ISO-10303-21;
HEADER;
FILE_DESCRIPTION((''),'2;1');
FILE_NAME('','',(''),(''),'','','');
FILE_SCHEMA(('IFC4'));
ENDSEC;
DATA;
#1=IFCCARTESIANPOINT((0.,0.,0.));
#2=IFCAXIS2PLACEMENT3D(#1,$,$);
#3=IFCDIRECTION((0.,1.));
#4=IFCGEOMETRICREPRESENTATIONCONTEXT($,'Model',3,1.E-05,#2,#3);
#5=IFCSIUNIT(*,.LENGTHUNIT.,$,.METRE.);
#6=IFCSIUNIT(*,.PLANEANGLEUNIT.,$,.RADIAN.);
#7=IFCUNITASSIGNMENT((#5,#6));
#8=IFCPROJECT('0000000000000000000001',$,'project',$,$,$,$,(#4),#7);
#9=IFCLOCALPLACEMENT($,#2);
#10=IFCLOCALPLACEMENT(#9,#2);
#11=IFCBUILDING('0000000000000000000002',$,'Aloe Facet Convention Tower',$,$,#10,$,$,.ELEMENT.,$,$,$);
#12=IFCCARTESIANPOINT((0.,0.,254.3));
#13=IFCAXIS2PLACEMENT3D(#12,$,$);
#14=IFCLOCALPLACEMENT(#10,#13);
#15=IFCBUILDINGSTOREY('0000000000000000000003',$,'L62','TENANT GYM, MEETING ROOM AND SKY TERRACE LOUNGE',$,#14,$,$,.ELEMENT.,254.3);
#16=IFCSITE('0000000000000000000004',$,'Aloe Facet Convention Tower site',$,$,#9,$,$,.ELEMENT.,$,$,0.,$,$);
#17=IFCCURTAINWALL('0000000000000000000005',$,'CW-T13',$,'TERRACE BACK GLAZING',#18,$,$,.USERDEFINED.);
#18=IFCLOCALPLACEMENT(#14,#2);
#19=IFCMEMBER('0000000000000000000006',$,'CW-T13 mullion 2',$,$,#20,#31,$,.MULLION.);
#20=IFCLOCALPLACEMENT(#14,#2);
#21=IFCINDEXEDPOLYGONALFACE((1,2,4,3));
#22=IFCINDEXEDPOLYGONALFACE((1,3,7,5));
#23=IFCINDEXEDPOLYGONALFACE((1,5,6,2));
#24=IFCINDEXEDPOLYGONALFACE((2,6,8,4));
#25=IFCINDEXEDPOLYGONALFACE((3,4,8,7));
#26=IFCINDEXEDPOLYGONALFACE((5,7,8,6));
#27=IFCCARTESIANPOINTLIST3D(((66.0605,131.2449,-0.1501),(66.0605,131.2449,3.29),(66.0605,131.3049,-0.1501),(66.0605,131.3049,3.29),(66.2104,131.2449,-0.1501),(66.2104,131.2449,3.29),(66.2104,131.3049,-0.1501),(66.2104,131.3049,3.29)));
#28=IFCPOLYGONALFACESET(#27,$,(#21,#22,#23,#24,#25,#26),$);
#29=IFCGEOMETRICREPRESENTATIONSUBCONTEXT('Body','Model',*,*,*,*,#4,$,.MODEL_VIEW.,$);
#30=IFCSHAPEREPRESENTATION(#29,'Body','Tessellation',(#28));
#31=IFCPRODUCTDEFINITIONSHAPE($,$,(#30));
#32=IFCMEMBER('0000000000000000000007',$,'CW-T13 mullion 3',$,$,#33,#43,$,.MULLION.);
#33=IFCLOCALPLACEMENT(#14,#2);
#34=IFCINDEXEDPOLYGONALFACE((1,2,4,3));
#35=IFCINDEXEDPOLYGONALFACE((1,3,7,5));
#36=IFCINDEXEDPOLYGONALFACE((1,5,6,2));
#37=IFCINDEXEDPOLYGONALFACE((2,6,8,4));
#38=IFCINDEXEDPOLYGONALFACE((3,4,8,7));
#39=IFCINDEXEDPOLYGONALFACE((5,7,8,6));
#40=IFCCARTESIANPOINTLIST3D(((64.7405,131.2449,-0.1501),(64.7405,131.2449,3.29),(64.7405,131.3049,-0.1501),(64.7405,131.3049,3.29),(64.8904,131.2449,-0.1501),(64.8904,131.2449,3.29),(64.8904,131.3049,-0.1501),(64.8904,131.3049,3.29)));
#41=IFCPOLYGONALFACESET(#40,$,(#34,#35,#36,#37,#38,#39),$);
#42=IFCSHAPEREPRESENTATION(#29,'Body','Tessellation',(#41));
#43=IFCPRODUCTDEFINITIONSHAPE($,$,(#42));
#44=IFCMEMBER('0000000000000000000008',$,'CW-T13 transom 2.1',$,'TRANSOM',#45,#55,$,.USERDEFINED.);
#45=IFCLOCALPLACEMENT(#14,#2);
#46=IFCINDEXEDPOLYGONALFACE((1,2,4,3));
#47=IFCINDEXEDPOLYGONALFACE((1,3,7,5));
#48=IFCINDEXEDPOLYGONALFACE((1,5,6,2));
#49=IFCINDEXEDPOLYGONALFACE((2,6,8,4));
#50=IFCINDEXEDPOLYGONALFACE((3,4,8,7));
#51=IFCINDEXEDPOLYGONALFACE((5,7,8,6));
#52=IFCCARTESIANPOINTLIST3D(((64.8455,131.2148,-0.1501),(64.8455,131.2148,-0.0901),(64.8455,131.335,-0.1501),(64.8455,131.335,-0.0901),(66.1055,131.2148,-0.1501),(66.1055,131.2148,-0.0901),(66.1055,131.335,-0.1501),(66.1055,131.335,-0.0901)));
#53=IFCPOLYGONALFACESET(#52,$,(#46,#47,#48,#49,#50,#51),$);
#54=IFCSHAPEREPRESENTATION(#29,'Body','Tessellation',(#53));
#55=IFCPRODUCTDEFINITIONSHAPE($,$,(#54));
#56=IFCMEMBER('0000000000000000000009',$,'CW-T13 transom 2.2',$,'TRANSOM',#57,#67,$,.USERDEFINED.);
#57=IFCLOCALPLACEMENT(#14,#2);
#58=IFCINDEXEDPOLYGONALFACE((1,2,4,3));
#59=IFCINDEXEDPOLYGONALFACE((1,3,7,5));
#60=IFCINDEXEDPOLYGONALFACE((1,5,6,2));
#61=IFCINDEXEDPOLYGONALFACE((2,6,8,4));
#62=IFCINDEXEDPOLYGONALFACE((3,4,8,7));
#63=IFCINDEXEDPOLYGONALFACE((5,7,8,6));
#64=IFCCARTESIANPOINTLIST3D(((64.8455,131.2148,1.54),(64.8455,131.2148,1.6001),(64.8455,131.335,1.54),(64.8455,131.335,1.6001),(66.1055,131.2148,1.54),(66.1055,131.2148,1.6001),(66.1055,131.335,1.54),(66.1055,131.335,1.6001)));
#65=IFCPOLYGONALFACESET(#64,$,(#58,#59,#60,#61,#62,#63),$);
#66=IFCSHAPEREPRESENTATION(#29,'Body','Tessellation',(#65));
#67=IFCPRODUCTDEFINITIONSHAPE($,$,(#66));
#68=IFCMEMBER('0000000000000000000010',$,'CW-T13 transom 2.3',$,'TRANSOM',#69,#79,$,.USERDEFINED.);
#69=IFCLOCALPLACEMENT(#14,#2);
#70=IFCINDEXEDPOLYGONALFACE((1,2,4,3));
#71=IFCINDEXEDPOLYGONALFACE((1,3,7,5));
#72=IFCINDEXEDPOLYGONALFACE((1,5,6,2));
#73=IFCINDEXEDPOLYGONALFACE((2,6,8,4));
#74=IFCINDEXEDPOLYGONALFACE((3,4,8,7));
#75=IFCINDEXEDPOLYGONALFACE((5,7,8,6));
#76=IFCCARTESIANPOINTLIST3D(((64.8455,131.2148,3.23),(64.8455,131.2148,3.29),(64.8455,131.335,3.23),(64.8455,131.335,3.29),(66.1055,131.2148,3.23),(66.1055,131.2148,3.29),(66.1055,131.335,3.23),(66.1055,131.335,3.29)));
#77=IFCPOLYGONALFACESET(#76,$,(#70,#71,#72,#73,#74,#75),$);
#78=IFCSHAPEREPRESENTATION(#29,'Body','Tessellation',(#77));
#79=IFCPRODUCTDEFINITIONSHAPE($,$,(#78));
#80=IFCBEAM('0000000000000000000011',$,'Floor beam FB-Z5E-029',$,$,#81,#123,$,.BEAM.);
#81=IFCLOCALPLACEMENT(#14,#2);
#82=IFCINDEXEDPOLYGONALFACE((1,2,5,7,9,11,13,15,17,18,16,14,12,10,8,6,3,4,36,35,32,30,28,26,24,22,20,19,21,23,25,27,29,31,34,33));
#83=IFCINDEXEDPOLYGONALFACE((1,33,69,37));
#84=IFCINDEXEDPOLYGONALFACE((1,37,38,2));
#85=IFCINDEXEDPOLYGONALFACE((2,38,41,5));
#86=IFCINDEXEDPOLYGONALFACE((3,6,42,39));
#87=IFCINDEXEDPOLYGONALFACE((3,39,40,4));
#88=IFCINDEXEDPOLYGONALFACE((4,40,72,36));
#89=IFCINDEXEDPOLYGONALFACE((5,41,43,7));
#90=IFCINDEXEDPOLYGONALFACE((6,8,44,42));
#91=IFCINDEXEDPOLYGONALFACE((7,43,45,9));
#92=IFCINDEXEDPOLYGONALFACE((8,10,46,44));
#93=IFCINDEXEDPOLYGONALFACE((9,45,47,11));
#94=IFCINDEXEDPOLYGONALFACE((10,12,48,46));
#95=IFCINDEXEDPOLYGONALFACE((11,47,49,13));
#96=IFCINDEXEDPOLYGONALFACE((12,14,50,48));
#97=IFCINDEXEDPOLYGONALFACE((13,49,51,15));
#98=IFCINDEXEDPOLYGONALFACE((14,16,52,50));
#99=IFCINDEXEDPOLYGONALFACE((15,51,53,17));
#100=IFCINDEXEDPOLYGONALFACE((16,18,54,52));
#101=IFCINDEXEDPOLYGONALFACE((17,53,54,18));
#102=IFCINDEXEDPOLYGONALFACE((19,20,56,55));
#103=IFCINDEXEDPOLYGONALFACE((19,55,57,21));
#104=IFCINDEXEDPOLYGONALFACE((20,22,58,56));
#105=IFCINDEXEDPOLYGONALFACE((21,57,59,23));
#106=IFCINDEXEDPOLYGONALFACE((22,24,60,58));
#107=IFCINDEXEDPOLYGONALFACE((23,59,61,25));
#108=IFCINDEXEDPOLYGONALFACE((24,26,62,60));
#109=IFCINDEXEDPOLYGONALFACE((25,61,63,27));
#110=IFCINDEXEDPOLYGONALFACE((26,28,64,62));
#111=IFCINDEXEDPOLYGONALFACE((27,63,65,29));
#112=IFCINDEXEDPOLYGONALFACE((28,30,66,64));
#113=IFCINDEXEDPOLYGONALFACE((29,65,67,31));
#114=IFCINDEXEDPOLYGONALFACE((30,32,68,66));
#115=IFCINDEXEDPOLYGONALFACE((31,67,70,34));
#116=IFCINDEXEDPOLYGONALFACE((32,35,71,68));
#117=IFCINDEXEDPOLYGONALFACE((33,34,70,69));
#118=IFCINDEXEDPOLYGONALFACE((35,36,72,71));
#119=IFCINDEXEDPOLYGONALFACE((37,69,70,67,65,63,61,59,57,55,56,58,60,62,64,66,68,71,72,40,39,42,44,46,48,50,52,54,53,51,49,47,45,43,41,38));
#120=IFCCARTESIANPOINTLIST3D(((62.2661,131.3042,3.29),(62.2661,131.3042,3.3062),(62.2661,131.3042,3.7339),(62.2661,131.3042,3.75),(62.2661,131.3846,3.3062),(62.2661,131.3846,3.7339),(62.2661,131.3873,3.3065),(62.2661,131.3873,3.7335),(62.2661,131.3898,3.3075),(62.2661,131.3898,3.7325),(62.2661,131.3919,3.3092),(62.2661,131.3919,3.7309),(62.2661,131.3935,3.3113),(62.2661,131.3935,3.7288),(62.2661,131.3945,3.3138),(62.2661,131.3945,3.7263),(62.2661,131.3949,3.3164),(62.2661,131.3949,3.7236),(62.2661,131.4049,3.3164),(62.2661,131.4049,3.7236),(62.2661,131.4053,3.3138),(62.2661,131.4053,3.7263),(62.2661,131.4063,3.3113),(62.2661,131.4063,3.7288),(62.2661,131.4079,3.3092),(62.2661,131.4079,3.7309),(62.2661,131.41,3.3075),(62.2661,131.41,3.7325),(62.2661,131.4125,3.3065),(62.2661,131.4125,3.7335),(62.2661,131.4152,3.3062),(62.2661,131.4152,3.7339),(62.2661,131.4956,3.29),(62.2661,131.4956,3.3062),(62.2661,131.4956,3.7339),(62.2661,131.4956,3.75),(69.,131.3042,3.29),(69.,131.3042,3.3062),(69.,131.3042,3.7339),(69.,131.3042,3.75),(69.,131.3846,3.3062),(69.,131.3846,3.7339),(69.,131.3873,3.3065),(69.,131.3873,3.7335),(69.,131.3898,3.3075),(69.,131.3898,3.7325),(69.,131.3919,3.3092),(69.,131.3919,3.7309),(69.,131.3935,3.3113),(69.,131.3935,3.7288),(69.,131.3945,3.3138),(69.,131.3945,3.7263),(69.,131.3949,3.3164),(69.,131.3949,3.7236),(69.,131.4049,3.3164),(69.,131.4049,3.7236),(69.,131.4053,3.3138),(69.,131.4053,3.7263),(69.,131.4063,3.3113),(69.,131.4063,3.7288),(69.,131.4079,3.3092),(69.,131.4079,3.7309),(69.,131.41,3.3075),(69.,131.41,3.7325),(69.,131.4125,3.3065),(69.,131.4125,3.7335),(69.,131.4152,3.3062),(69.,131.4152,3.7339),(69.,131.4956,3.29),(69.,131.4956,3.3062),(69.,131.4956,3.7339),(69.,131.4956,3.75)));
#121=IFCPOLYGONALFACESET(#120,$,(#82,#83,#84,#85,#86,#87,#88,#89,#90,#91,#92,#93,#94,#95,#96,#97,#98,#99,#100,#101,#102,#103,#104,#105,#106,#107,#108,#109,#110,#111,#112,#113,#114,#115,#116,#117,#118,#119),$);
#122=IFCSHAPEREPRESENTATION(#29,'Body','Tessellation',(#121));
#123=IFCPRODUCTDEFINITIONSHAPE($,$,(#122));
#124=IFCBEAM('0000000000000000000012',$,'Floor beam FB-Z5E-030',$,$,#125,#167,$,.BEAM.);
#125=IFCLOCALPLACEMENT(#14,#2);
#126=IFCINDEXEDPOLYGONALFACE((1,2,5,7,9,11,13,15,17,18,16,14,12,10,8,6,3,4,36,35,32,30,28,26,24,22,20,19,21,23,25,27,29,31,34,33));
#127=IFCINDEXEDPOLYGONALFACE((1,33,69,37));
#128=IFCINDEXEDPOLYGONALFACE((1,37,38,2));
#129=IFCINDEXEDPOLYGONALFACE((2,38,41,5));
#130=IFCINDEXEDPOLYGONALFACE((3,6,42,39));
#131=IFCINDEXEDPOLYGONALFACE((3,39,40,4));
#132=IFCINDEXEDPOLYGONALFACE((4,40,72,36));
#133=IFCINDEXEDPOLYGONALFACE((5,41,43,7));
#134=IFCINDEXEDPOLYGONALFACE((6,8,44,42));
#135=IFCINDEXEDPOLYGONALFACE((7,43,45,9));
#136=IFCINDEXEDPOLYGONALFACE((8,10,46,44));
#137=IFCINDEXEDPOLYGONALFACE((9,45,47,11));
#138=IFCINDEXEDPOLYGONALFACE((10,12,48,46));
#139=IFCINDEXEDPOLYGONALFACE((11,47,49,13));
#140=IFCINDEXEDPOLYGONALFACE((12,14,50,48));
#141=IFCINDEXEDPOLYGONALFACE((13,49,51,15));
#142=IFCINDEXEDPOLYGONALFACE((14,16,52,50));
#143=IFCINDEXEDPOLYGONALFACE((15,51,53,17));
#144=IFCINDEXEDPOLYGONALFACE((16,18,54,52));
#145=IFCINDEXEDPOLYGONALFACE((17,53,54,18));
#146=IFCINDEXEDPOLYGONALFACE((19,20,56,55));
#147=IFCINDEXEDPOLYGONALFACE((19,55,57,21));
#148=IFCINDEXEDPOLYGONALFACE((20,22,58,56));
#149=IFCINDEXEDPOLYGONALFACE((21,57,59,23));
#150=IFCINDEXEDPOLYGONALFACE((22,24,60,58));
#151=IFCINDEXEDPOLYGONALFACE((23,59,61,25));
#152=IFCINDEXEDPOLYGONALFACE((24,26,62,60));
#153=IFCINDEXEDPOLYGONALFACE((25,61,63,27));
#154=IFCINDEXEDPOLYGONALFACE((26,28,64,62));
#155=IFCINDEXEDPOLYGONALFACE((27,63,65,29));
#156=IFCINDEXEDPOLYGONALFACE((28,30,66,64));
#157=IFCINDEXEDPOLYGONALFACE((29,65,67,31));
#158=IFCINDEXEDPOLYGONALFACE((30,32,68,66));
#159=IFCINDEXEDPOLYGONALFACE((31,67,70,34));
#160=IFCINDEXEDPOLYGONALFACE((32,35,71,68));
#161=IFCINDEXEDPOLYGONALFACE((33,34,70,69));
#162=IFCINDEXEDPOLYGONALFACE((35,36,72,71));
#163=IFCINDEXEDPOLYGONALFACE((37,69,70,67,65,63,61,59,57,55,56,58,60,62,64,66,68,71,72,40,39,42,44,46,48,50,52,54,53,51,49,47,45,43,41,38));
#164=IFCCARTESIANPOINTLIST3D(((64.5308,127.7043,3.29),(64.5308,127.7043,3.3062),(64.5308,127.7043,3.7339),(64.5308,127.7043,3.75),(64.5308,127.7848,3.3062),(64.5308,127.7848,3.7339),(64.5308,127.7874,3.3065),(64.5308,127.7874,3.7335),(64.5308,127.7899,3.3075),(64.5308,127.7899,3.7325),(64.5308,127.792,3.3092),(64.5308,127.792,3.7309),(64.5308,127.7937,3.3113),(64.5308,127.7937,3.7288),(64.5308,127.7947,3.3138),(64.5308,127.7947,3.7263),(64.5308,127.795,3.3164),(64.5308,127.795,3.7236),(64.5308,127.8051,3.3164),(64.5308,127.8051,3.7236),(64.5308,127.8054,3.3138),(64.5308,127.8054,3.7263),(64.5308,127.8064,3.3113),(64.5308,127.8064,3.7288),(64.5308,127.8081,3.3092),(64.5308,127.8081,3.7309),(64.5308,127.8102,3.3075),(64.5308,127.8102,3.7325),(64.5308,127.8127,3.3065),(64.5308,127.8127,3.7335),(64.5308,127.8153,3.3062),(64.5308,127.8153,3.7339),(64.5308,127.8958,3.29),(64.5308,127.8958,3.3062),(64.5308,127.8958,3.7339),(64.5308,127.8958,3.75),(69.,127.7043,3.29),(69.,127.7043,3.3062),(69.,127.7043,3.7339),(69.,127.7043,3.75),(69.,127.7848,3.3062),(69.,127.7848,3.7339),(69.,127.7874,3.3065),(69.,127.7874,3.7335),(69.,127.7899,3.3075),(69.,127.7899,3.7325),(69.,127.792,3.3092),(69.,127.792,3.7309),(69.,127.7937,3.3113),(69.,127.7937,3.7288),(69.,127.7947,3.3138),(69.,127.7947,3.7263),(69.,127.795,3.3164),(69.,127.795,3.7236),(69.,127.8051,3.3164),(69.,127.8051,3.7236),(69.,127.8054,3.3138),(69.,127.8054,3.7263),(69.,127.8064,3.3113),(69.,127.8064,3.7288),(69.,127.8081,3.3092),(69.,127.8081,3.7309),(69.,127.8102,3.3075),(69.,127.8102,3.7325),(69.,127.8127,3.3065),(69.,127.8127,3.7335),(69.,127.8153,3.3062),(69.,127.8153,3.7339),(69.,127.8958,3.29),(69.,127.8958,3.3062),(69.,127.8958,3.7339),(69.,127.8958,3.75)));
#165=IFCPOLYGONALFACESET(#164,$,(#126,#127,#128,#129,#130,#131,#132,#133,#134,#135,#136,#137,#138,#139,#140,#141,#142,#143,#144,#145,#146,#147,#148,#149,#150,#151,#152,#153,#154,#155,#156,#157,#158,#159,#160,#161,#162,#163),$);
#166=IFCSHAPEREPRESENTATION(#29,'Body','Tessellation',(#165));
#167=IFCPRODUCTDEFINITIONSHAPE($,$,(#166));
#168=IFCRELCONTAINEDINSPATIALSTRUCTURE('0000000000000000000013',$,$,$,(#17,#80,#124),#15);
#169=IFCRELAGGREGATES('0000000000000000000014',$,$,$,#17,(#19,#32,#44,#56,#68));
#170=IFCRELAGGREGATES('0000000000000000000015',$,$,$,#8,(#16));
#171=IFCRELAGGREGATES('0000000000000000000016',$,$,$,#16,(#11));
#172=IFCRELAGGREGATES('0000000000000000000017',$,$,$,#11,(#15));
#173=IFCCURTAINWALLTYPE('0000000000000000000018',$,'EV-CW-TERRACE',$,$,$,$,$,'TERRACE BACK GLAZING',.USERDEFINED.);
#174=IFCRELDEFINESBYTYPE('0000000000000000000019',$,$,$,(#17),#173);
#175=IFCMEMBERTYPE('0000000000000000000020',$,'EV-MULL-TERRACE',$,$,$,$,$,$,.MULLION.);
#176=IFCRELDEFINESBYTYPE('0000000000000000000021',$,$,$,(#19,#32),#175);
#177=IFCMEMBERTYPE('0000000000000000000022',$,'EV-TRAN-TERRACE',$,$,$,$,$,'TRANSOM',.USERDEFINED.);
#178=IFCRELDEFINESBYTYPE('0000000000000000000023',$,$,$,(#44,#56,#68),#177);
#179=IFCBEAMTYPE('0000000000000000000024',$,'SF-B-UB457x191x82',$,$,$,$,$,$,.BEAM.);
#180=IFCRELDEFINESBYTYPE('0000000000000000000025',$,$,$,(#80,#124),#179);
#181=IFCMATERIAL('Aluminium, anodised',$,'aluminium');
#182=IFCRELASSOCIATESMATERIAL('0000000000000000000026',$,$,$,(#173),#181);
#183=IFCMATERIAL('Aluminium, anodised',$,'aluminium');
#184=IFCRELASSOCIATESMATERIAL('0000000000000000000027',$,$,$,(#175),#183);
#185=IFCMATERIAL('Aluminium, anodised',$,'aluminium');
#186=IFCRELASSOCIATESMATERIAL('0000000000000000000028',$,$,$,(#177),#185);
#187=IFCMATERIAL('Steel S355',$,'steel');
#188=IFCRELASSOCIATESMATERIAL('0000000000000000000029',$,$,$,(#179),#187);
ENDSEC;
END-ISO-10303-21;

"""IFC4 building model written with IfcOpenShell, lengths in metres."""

from ifc_helpers import new_model, si_unit, direction, frame, origin, origin_2d, place, context, subcontext, project, spatial, rectangle, i_section, extrude, material, material_profile, profile_set, type_object, element, aggregate, save


model = new_model("IFC4")

# Units and contexts
model_context = context("Model", 3, precision=1e-05, world=origin(), true_north=direction((0.0, 1.0)))
body_context = subcontext(model_context, "Body", "Model", "MODEL_VIEW")
ifc_project = project(units=[si_unit("LENGTHUNIT", "METRE"), si_unit("PLANEANGLEUNIT", "RADIAN")], contexts=[model_context])

# Site, building, storey
site_placement = place(None, origin())
site = spatial("IfcSite", under=ifc_project, at=site_placement, Name="Aloe Facet Convention Tower site", CompositionType="ELEMENT", RefElevation=0.0)
building_placement = place(site_placement, origin())
building = spatial("IfcBuilding", under=site, at=building_placement, Name="Aloe Facet Convention Tower", CompositionType="ELEMENT")
storey_placement = place(building_placement, frame((0.0, 0.0, 254.3)))
storey = spatial("IfcBuildingStorey", under=building, at=storey_placement, Name="L62", Description="TENANT GYM, MEETING ROOM AND SKY TERRACE LOUNGE", CompositionType="ELEMENT", Elevation=254.3)

# Curtain wall, members
ifc_material_1 = material(Name="Aluminium, anodised", Category="aluminium")
curtain_wall_type = type_object("IfcCurtainWallType", Name="EV-CW-TERRACE", ElementType="TERRACE BACK GLAZING", PredefinedType="USERDEFINED", material=ifc_material_1)
curtain_wall_placement = place(storey_placement, origin())
curtain_wall = element("IfcCurtainWall", 1, at=curtain_wall_placement, inside=storey, type_object=curtain_wall_type, Name="CW-T13", ObjectType="TERRACE BACK GLAZING", PredefinedType="USERDEFINED")
ifc_material_2 = material(Name="Aluminium, anodised", Category="aluminium")
ifc_material_profile_1 = material_profile(ifc_material_2, rectangle(XDim=0.0601, YDim=0.1499, at=origin_2d()), Name="AL 60x150")
ifc_profile_set_1 = profile_set([ifc_material_profile_1], Name="Aluminium, anodised")
member_type_1 = type_object("IfcMemberType", Name="EV-MULL-TERRACE", PredefinedType="MULLION", material=ifc_profile_set_1)
member_1_placement = place(storey_placement, frame((66.1355, 131.2749, -0.1501), z_axis=(0.0, 0.0, 1.0), x_axis=(0.0, -1.0, 0.0)))
member_1 = element("IfcMember", 2, at=member_1_placement, type_object=member_type_1, Name="CW-T13 mullion 2", PredefinedType="MULLION", context=body_context, shape_type="SweptSolid", body=[
    extrude(rectangle(XDim=0.0601, YDim=0.1499, at=origin_2d()), origin(), (0.0, 0.0, 1.0), 3.4402),
])
member_2_placement = place(storey_placement, frame((64.8154, 131.2749, -0.1501), z_axis=(0.0, 0.0, 1.0), x_axis=(0.0, -1.0, 0.0)))
member_2 = element("IfcMember", 3, at=member_2_placement, type_object=member_type_1, Name="CW-T13 mullion 3", PredefinedType="MULLION", context=body_context, shape_type="SweptSolid", body=[
    extrude(rectangle(XDim=0.0601, YDim=0.1499, at=origin_2d()), origin(), (0.0, 0.0, 1.0), 3.4402),
])
ifc_material_3 = material(Name="Aluminium, anodised", Category="aluminium")
ifc_material_profile_2 = material_profile(ifc_material_3, rectangle(XDim=0.1201, YDim=0.0601, at=origin_2d()), Name="AL 120x60")
ifc_profile_set_2 = profile_set([ifc_material_profile_2], Name="Aluminium, anodised")
member_type_2 = type_object("IfcMemberType", Name="EV-TRAN-TERRACE", ElementType="TRANSOM", PredefinedType="USERDEFINED", material=ifc_profile_set_2)
member_3_placement = place(storey_placement, frame((66.1055, 131.2749, -0.1201), z_axis=(-1.0, 0.0, 0.0), x_axis=(0.0, -1.0, 0.0)))
member_3 = element("IfcMember", 4, at=member_3_placement, type_object=member_type_2, Name="CW-T13 transom 2.1", ObjectType="TRANSOM", PredefinedType="USERDEFINED", context=body_context, shape_type="SweptSolid", body=[
    extrude(rectangle(XDim=0.1201, YDim=0.0601, at=origin_2d()), origin(), (0.0, 0.0, 1.0), 1.26),
])
member_4_placement = place(storey_placement, frame((66.1055, 131.2749, 1.5701), z_axis=(-1.0, 0.0, 0.0), x_axis=(0.0, -1.0, 0.0)))
member_4 = element("IfcMember", 5, at=member_4_placement, type_object=member_type_2, Name="CW-T13 transom 2.2", ObjectType="TRANSOM", PredefinedType="USERDEFINED", context=body_context, shape_type="SweptSolid", body=[
    extrude(rectangle(XDim=0.1201, YDim=0.0601, at=origin_2d()), origin(), (0.0, 0.0, 1.0), 1.26),
])
member_5_placement = place(storey_placement, frame((66.1055, 131.2749, 3.26), z_axis=(-1.0, 0.0, 0.0), x_axis=(0.0, -1.0, 0.0)))
member_5 = element("IfcMember", 6, at=member_5_placement, type_object=member_type_2, Name="CW-T13 transom 2.3", ObjectType="TRANSOM", PredefinedType="USERDEFINED", context=body_context, shape_type="SweptSolid", body=[
    extrude(rectangle(XDim=0.1201, YDim=0.0601, at=origin_2d()), origin(), (0.0, 0.0, 1.0), 1.26),
])

# Beams
ifc_material_4 = material(Name="Steel S355", Category="steel")
ifc_material_profile_3 = material_profile(ifc_material_4, i_section(OverallWidth=0.1914, OverallDepth=0.46, WebThickness=0.01, FlangeThickness=0.0161, FilletRadius=0.0103, at=origin_2d()), Name="UB 457x191x82")
ifc_profile_set_3 = profile_set([ifc_material_profile_3], Name="Steel S355")
beam_type_1 = type_object("IfcBeamType", Name="SF-B-UB457x191x82", PredefinedType="BEAM", material=ifc_profile_set_3)
beam_1_placement = place(storey_placement, frame((62.2661, 131.3999, 3.52), z_axis=(1.0, 0.0, 0.0), x_axis=(0.0, 1.0, 0.0)))
element("IfcBeam", 7, at=beam_1_placement, inside=storey, type_object=beam_type_1, Name="Floor beam FB-Z5E-029", PredefinedType="BEAM", context=body_context, shape_type="SweptSolid", body=[
    extrude(i_section(OverallWidth=0.1914, OverallDepth=0.46, WebThickness=0.01, FlangeThickness=0.0161, FilletRadius=0.0103, at=origin_2d()), origin(), (0.0, 0.0, 1.0), 6.7339),
])
beam_2_placement = place(storey_placement, frame((64.5308, 127.8, 3.52), z_axis=(1.0, 0.0, 0.0), x_axis=(0.0, 1.0, 0.0)))
element("IfcBeam", 8, at=beam_2_placement, inside=storey, type_object=beam_type_1, Name="Floor beam FB-Z5E-030", PredefinedType="BEAM", context=body_context, shape_type="SweptSolid", body=[
    extrude(i_section(OverallWidth=0.1914, OverallDepth=0.46, WebThickness=0.01, FlangeThickness=0.0161, FilletRadius=0.0103, at=origin_2d()), origin(), (0.0, 0.0, 1.0), 4.4692),
])

aggregate(curtain_wall, [member_1, member_2, member_3, member_4, member_5])

save(model, "model.ifc")
